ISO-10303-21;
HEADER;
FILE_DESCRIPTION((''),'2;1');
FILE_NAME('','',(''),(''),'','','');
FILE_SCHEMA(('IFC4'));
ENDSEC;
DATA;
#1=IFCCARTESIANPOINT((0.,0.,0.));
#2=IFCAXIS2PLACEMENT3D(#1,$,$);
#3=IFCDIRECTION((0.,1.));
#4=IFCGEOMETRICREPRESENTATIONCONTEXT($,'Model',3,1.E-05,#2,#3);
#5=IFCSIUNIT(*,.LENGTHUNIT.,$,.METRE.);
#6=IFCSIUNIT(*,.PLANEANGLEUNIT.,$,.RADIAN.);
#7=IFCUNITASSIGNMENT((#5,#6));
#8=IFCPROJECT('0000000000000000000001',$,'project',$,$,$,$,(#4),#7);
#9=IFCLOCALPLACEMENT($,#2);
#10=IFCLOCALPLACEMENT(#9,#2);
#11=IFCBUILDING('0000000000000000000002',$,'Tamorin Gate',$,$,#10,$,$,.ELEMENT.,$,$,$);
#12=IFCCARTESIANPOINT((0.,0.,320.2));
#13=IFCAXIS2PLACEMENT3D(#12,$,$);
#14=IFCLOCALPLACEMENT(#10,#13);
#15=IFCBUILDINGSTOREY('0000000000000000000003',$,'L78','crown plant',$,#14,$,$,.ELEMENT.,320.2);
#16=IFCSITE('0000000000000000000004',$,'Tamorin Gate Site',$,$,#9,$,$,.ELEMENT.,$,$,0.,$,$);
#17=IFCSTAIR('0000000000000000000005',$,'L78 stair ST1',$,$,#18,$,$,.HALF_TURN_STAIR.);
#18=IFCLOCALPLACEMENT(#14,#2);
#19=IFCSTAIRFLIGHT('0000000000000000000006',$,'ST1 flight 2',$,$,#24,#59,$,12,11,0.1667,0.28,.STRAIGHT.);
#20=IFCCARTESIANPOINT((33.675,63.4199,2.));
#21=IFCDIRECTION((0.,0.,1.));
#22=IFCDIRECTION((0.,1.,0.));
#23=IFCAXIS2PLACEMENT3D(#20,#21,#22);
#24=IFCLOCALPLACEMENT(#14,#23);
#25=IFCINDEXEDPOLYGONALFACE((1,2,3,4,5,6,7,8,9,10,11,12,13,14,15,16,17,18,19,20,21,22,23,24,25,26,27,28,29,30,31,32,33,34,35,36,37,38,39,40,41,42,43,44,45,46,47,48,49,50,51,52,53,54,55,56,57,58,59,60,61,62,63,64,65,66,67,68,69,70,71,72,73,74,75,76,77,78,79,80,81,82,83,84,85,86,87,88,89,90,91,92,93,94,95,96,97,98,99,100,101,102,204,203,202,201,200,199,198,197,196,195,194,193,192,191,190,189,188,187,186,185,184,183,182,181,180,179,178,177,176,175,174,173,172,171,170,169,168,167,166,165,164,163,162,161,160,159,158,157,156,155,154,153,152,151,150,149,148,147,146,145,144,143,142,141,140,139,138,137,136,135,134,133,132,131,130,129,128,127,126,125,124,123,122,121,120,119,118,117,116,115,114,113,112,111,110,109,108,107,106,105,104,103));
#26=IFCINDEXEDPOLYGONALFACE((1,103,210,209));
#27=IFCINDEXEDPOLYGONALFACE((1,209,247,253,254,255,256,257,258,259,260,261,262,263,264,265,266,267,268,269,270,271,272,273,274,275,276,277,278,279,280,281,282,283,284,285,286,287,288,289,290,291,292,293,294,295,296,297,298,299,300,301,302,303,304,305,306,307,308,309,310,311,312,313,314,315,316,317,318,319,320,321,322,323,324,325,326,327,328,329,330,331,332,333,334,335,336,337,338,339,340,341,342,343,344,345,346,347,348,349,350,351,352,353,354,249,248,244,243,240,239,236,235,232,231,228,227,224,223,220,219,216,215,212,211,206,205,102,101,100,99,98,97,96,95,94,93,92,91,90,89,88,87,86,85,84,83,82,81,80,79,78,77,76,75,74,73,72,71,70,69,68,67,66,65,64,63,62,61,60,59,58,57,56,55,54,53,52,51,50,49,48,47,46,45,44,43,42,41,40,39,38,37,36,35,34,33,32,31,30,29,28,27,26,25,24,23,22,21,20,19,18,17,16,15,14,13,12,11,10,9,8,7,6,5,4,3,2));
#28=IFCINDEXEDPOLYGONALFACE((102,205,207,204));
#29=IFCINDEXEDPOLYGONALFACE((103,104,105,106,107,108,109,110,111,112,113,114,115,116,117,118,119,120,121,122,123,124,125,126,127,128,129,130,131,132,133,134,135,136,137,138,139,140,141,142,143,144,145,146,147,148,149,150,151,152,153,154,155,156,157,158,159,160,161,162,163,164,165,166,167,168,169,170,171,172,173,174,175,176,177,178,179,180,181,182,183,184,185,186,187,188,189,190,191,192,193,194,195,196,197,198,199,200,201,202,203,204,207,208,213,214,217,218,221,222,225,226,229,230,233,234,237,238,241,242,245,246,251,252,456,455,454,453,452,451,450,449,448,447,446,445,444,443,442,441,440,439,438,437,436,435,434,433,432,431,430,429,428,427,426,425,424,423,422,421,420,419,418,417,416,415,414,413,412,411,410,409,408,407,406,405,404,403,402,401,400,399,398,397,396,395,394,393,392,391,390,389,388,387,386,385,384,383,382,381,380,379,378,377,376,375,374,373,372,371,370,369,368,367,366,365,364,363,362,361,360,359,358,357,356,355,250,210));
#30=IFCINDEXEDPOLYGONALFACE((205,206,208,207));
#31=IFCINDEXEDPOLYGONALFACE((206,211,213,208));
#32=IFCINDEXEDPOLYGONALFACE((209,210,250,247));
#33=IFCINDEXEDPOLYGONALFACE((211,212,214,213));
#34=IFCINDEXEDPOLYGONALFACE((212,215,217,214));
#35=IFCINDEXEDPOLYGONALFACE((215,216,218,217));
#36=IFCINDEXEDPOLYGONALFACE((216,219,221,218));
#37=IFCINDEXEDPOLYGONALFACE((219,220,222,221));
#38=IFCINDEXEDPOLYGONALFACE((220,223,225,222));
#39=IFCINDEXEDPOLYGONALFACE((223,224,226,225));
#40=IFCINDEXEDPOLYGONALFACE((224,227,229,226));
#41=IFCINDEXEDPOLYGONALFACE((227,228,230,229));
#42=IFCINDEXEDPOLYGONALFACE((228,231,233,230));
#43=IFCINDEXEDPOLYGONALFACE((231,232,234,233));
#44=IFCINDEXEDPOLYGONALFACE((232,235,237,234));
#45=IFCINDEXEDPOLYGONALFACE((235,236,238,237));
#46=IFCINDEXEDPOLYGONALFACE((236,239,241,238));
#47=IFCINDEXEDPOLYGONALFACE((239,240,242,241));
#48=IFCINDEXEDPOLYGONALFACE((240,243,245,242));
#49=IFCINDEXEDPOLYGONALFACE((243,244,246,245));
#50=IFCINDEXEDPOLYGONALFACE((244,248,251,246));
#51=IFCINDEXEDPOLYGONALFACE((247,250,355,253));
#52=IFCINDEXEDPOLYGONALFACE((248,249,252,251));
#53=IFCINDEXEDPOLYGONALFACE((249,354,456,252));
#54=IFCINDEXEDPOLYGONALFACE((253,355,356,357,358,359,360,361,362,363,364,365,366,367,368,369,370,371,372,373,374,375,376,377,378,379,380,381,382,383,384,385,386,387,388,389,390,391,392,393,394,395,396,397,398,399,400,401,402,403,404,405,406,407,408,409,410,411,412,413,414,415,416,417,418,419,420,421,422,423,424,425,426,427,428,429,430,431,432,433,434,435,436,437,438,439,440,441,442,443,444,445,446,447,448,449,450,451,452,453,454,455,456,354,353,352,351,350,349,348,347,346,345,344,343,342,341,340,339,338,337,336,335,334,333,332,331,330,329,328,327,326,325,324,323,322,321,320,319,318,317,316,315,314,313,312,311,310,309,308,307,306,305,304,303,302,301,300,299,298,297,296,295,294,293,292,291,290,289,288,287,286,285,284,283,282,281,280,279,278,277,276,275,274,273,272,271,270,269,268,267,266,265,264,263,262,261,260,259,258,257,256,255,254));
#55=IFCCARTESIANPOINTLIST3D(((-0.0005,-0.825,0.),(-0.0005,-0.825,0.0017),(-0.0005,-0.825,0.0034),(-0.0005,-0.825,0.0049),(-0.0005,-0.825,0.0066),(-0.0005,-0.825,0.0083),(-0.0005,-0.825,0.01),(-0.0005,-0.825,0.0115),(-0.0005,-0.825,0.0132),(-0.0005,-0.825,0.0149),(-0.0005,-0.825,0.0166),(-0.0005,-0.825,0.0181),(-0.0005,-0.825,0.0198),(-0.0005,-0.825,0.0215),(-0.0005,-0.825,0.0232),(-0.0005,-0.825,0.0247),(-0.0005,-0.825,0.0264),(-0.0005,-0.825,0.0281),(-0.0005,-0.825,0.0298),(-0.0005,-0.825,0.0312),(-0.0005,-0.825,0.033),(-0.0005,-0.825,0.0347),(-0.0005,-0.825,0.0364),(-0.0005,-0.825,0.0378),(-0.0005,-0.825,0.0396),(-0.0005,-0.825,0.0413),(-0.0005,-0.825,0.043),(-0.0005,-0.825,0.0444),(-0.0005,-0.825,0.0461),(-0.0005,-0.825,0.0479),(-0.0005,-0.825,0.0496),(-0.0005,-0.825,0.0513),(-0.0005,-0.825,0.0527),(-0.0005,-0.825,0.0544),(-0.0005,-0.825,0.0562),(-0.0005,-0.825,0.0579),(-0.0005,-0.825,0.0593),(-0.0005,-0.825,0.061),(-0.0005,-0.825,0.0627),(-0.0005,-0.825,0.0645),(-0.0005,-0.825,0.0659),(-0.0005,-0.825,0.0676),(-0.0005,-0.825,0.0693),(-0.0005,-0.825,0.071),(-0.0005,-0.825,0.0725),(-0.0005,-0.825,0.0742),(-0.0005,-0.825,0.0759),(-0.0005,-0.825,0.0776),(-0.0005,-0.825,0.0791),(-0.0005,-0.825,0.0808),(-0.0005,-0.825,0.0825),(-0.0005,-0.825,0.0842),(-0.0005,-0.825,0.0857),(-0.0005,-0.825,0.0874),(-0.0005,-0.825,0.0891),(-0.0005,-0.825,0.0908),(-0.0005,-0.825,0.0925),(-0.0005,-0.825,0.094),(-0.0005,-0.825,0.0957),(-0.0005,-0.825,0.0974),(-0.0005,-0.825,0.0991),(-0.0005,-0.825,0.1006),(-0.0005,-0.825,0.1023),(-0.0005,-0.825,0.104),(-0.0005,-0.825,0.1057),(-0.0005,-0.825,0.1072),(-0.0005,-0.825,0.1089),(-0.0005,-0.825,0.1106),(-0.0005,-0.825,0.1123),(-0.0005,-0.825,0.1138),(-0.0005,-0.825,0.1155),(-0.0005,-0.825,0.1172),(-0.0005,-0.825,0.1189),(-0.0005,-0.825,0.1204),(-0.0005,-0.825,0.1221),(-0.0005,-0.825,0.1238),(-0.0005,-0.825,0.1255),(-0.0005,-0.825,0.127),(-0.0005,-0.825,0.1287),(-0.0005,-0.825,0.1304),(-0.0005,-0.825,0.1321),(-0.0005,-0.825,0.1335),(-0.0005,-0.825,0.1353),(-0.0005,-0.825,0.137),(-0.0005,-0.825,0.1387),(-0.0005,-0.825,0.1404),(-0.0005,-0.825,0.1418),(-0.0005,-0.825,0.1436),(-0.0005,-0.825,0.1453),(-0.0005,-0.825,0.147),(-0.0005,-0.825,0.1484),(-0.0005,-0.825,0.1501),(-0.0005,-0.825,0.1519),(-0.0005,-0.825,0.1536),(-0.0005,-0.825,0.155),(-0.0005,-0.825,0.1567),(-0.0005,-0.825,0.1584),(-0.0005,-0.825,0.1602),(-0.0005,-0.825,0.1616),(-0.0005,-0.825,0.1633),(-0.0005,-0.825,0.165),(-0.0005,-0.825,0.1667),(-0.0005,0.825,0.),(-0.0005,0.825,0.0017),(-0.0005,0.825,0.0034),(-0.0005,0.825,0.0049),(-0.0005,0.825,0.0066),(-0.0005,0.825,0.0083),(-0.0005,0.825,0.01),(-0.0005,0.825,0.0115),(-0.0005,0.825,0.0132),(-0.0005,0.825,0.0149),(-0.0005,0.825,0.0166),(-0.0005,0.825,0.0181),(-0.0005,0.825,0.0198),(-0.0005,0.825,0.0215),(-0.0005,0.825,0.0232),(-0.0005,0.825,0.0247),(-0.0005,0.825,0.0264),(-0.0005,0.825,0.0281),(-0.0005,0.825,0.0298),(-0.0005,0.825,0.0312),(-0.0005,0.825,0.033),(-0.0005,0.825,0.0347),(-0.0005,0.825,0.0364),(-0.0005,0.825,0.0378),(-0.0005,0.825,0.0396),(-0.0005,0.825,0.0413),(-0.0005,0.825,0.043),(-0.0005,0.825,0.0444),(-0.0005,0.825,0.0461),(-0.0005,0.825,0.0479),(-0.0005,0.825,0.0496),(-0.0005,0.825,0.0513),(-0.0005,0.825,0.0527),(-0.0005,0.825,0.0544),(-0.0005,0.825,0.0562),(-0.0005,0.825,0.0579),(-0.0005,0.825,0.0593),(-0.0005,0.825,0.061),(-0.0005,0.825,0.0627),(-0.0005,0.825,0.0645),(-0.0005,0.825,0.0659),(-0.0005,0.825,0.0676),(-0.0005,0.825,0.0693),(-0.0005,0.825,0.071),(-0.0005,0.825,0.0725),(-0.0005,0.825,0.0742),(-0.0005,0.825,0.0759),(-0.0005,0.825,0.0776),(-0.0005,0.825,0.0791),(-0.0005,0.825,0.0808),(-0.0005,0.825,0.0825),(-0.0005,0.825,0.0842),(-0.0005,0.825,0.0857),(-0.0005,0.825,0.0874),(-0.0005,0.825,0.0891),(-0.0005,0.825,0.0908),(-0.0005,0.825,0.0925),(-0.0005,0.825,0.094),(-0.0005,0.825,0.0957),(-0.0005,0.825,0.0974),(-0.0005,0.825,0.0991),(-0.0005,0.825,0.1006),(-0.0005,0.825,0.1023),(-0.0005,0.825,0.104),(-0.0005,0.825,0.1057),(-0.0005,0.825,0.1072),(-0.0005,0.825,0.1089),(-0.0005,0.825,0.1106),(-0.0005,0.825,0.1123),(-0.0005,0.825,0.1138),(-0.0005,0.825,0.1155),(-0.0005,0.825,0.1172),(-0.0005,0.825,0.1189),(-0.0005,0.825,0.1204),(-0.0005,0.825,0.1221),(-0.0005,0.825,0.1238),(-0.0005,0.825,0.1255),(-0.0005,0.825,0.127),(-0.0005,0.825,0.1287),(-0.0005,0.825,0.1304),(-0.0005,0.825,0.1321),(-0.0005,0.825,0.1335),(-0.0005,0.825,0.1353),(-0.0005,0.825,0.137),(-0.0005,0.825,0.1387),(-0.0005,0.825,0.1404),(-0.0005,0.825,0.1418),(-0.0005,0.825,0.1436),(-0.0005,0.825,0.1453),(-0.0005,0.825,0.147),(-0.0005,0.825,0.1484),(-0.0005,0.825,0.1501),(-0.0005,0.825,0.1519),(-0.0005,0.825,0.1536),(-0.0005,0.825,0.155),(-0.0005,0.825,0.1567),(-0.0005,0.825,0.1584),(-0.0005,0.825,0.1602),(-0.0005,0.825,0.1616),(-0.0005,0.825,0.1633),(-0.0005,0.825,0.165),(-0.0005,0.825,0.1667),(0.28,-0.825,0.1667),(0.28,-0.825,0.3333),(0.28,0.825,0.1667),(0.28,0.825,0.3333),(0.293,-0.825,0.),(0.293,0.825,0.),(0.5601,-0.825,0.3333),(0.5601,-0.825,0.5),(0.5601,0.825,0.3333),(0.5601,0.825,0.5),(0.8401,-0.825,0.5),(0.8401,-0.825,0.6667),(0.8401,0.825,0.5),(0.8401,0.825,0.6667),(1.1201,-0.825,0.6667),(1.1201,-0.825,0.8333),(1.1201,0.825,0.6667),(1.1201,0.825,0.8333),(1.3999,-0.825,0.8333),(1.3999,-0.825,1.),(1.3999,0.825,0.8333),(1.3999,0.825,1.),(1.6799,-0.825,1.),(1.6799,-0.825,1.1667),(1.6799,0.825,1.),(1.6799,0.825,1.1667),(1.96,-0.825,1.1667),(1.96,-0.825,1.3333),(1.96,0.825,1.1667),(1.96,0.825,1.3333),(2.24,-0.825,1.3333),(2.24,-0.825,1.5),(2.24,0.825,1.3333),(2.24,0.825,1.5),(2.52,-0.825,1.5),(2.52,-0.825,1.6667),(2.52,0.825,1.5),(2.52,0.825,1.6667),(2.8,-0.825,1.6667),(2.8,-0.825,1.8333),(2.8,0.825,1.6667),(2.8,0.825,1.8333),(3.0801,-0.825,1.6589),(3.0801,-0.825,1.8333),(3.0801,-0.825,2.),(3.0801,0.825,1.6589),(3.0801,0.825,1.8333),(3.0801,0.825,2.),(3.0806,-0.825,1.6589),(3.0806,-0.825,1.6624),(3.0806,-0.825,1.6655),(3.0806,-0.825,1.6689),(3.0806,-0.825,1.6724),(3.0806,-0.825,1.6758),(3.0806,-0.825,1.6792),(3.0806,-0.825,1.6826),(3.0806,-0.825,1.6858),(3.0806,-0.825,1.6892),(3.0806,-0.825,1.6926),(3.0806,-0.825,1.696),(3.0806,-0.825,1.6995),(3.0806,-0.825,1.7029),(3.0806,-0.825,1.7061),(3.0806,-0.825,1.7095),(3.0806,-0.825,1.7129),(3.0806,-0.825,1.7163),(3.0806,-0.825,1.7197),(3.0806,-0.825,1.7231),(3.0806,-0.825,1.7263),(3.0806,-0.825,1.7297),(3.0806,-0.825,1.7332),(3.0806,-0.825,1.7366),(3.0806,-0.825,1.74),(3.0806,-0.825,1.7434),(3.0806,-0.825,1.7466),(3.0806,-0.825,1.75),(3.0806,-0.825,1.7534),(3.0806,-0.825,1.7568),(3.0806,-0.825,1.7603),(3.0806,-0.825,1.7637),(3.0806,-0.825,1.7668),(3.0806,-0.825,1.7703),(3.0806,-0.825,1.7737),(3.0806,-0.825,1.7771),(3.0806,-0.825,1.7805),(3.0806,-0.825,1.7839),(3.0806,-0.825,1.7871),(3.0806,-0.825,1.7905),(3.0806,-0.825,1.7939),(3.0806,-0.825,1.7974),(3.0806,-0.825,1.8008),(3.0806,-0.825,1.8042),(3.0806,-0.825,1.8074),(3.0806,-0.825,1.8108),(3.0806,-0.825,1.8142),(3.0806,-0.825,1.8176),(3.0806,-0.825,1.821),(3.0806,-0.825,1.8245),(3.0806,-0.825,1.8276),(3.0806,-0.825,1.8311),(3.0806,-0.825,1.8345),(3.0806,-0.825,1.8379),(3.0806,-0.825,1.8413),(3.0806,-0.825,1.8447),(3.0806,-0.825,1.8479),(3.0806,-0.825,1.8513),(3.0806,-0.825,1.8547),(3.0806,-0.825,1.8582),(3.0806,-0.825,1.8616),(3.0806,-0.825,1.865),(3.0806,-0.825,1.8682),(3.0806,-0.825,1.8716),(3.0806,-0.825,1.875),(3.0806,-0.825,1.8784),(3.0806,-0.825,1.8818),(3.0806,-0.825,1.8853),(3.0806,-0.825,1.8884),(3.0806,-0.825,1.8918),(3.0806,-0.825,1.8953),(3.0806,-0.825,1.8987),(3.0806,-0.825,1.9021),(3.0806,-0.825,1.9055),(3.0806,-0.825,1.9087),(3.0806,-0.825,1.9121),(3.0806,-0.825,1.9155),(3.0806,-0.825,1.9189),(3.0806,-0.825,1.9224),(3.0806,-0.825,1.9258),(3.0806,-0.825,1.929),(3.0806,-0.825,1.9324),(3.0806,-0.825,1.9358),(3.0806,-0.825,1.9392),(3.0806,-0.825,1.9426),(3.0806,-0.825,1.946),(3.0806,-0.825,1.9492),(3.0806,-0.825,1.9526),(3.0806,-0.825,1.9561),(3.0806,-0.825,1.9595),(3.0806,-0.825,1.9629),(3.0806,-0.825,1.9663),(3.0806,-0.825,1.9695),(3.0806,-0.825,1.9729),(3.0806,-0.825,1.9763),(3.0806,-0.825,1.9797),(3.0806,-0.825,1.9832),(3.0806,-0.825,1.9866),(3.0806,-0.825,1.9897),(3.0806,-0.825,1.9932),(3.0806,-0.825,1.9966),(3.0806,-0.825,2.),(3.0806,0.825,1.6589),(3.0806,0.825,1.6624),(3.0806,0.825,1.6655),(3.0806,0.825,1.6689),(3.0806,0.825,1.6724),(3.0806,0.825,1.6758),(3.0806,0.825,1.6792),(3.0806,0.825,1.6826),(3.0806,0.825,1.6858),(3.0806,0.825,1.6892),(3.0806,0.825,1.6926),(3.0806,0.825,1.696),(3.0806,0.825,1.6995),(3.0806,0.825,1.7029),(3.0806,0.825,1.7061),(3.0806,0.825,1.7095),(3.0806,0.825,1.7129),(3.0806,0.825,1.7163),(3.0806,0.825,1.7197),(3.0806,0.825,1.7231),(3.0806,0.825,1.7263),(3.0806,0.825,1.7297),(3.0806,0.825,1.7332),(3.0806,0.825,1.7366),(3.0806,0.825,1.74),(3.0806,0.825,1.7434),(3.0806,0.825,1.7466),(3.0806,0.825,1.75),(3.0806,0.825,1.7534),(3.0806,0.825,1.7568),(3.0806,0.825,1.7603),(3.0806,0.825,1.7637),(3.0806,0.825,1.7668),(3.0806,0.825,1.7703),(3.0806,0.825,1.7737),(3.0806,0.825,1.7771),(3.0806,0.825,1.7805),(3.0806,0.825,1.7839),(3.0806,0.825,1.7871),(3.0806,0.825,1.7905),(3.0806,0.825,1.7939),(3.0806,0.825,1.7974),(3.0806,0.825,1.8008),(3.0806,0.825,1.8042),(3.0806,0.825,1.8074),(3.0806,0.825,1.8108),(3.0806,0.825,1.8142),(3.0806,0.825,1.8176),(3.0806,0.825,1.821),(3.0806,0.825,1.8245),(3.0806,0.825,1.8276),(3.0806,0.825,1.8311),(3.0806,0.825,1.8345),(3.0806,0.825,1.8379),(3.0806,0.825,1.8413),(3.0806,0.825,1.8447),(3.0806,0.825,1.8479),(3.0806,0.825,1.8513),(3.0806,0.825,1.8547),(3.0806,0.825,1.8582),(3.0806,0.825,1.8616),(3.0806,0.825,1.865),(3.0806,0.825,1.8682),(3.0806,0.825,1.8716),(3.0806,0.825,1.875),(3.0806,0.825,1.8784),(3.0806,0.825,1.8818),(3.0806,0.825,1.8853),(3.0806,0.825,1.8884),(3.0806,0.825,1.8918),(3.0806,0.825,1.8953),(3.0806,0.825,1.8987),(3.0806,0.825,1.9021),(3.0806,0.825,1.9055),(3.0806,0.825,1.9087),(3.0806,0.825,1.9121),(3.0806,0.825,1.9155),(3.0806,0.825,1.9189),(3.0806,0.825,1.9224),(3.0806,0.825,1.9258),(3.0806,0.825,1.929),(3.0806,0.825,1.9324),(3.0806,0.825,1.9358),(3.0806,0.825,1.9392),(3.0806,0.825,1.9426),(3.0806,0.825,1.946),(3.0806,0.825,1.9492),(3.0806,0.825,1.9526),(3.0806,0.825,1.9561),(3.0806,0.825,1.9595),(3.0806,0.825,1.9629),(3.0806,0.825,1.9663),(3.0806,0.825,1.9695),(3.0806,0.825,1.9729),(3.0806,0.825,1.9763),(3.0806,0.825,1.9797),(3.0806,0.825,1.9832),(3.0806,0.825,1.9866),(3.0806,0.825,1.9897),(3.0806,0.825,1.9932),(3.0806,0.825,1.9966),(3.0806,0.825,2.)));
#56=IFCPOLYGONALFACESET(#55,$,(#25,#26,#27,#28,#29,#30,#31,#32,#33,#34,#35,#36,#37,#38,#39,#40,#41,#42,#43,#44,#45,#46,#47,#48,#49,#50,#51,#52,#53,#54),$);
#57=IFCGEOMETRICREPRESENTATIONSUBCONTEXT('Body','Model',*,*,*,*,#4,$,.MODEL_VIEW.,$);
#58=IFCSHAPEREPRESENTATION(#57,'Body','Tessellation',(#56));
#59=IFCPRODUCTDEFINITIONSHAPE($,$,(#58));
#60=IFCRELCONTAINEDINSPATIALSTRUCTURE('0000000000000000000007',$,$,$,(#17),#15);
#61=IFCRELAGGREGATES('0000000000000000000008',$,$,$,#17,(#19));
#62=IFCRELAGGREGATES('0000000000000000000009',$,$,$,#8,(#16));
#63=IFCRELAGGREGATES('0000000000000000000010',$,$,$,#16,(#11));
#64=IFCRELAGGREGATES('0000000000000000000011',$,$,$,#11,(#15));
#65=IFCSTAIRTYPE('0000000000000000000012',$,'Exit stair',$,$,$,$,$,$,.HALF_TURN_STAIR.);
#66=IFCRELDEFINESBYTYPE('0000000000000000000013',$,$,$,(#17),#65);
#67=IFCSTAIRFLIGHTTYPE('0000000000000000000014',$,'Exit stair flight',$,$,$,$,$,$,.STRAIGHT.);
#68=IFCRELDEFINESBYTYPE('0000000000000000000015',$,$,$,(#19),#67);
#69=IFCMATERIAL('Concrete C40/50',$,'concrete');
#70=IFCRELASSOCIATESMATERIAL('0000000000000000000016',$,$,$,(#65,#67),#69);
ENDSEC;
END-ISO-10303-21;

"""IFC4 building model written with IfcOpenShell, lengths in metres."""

from ifc_helpers import new_model, si_unit, direction, frame, origin, place, context, subcontext, project, spatial, polyline, outline, extrude, material, type_object, element, aggregate, save


model = new_model("IFC4")

# Units and contexts
model_context = context("Model", 3, precision=1e-05, world=origin(), true_north=direction((0.0, 1.0)))
body_context = subcontext(model_context, "Body", "Model", "MODEL_VIEW")
ifc_project = project(units=[si_unit("LENGTHUNIT", "METRE"), si_unit("PLANEANGLEUNIT", "RADIAN")], contexts=[model_context])

# Site, building, storey
site_placement = place(None, origin())
site = spatial("IfcSite", under=ifc_project, at=site_placement, Name="Tamorin Gate Site", CompositionType="ELEMENT", RefElevation=0.0)
building_placement = place(site_placement, origin())
building = spatial("IfcBuilding", under=site, at=building_placement, Name="Tamorin Gate", CompositionType="ELEMENT")
storey_placement = place(building_placement, frame((0.0, 0.0, 320.2)))
storey = spatial("IfcBuildingStorey", under=building, at=storey_placement, Name="L78", Description="crown plant", CompositionType="ELEMENT", Elevation=320.2)

# Shared definitions
ifc_material_1 = material(Name="Concrete C40/50", Category="concrete")

# Stair, stair flight
stair_type = type_object("IfcStairType", Name="Exit stair", PredefinedType="HALF_TURN_STAIR", material=ifc_material_1)
stair_placement = place(storey_placement, origin())
stair = element("IfcStair", 1, at=stair_placement, inside=storey, type_object=stair_type, Name="L78 stair ST1", PredefinedType="HALF_TURN_STAIR")
stair_flight_type = type_object("IfcStairFlightType", Name="Exit stair flight", PredefinedType="STRAIGHT", material=ifc_material_1)
stair_flight_1_placement = place(storey_placement, frame((33.675, 63.4199, 2.0), z_axis=(0.0, 0.0, 1.0), x_axis=(0.0, 1.0, 0.0)))
stair_flight_1 = element("IfcStairFlight", 2, at=stair_flight_1_placement, type_object=stair_flight_type, Name="ST1 flight 2", NumberOfRisers=12, NumberOfTreads=11, PredefinedType="STRAIGHT", RiserHeight=0.1667, TreadLength=0.28, context=body_context, shape_type="SweptSolid", body=[
    extrude(outline(polyline([(-0.0005, 0.0), (-0.0005, 0.0017), (-0.0005, 0.0034), (-0.0005, 0.0049), (-0.0005, 0.0066), (-0.0005, 0.0083), (-0.0005, 0.01), (-0.0005, 0.0115), (-0.0005, 0.0132), (-0.0005, 0.0149), (-0.0005, 0.0166), (-0.0005, 0.0181), (-0.0005, 0.0198), (-0.0005, 0.0215), (-0.0005, 0.0232), (-0.0005, 0.0247), (-0.0005, 0.0264), (-0.0005, 0.0281), (-0.0005, 0.0298), (-0.0005, 0.0312), (-0.0005, 0.033), (-0.0005, 0.0347), (-0.0005, 0.0364), (-0.0005, 0.0378), (-0.0005, 0.0396), (-0.0005, 0.0413), (-0.0005, 0.043), (-0.0005, 0.0444), (-0.0005, 0.0461), (-0.0005, 0.0479), (-0.0005, 0.0496), (-0.0005, 0.0513), (-0.0005, 0.0527), (-0.0005, 0.0544), (-0.0005, 0.0562), (-0.0005, 0.0579), (-0.0005, 0.0593), (-0.0005, 0.061), (-0.0005, 0.0627), (-0.0005, 0.0645), (-0.0005, 0.0659), (-0.0005, 0.0676), (-0.0005, 0.0693), (-0.0005, 0.071), (-0.0005, 0.0725), (-0.0005, 0.0742), (-0.0005, 0.0759), (-0.0005, 0.0776), (-0.0005, 0.0791), (-0.0005, 0.0808), (-0.0005, 0.0825), (-0.0005, 0.0842), (-0.0005, 0.0857), (-0.0005, 0.0874), (-0.0005, 0.0891), (-0.0005, 0.0908), (-0.0005, 0.0925), (-0.0005, 0.094), (-0.0005, 0.0957), (-0.0005, 0.0974), (-0.0005, 0.0991), (-0.0005, 0.1006), (-0.0005, 0.1023), (-0.0005, 0.104), (-0.0005, 0.1057), (-0.0005, 0.1072), (-0.0005, 0.1089), (-0.0005, 0.1106), (-0.0005, 0.1123), (-0.0005, 0.1138), (-0.0005, 0.1155), (-0.0005, 0.1172), (-0.0005, 0.1189), (-0.0005, 0.1204), (-0.0005, 0.1221), (-0.0005, 0.1238), (-0.0005, 0.1255), (-0.0005, 0.127), (-0.0005, 0.1287), (-0.0005, 0.1304), (-0.0005, 0.1321), (-0.0005, 0.1335), (-0.0005, 0.1353), (-0.0005, 0.137), (-0.0005, 0.1387), (-0.0005, 0.1404), (-0.0005, 0.1418), (-0.0005, 0.1436), (-0.0005, 0.1453), (-0.0005, 0.147), (-0.0005, 0.1484), (-0.0005, 0.1501), (-0.0005, 0.1519), (-0.0005, 0.1536), (-0.0005, 0.155), (-0.0005, 0.1567), (-0.0005, 0.1584), (-0.0005, 0.1602), (-0.0005, 0.1616), (-0.0005, 0.1633), (-0.0005, 0.165), (-0.0005, 0.1667), (0.28, 0.1667), (0.28, 0.3333), (0.5601, 0.3333), (0.5601, 0.5), (0.8401, 0.5), (0.8401, 0.6667), (1.1201, 0.6667), (1.1201, 0.8333), (1.3999, 0.8333), (1.3999, 1.0), (1.6799, 1.0), (1.6799, 1.1667), (1.96, 1.1667), (1.96, 1.3333), (2.24, 1.3333), (2.24, 1.5), (2.52, 1.5), (2.52, 1.6667), (2.8, 1.6667), (2.8, 1.8333), (3.0801, 1.8333), (3.0801, 2.0), (3.0806, 2.0), (3.0806, 1.9966), (3.0806, 1.9932), (3.0806, 1.9897), (3.0806, 1.9866), (3.0806, 1.9832), (3.0806, 1.9797), (3.0806, 1.9763), (3.0806, 1.9729), (3.0806, 1.9695), (3.0806, 1.9663), (3.0806, 1.9629), (3.0806, 1.9595), (3.0806, 1.9561), (3.0806, 1.9526), (3.0806, 1.9492), (3.0806, 1.946), (3.0806, 1.9426), (3.0806, 1.9392), (3.0806, 1.9358), (3.0806, 1.9324), (3.0806, 1.929), (3.0806, 1.9258), (3.0806, 1.9224), (3.0806, 1.9189), (3.0806, 1.9155), (3.0806, 1.9121), (3.0806, 1.9087), (3.0806, 1.9055), (3.0806, 1.9021), (3.0806, 1.8987), (3.0806, 1.8953), (3.0806, 1.8918), (3.0806, 1.8884), (3.0806, 1.8853), (3.0806, 1.8818), (3.0806, 1.8784), (3.0806, 1.875), (3.0806, 1.8716), (3.0806, 1.8682), (3.0806, 1.865), (3.0806, 1.8616), (3.0806, 1.8582), (3.0806, 1.8547), (3.0806, 1.8513), (3.0806, 1.8479), (3.0806, 1.8447), (3.0806, 1.8413), (3.0806, 1.8379), (3.0806, 1.8345), (3.0806, 1.8311), (3.0806, 1.8276), (3.0806, 1.8245), (3.0806, 1.821), (3.0806, 1.8176), (3.0806, 1.8142), (3.0806, 1.8108), (3.0806, 1.8074), (3.0806, 1.8042), (3.0806, 1.8008), (3.0806, 1.7974), (3.0806, 1.7939), (3.0806, 1.7905), (3.0806, 1.7871), (3.0806, 1.7839), (3.0806, 1.7805), (3.0806, 1.7771), (3.0806, 1.7737), (3.0806, 1.7703), (3.0806, 1.7668), (3.0806, 1.7637), (3.0806, 1.7603), (3.0806, 1.7568), (3.0806, 1.7534), (3.0806, 1.75), (3.0806, 1.7466), (3.0806, 1.7434), (3.0806, 1.74), (3.0806, 1.7366), (3.0806, 1.7332), (3.0806, 1.7297), (3.0806, 1.7263), (3.0806, 1.7231), (3.0806, 1.7197), (3.0806, 1.7163), (3.0806, 1.7129), (3.0806, 1.7095), (3.0806, 1.7061), (3.0806, 1.7029), (3.0806, 1.6995), (3.0806, 1.696), (3.0806, 1.6926), (3.0806, 1.6892), (3.0806, 1.6858), (3.0806, 1.6826), (3.0806, 1.6792), (3.0806, 1.6758), (3.0806, 1.6724), (3.0806, 1.6689), (3.0806, 1.6655), (3.0806, 1.6624), (3.0806, 1.6589), (3.0801, 1.6589), (0.293, 0.0), (-0.0005, 0.0)])), frame((0.0, 0.825, 0.0), z_axis=(0.0, -1.0, 0.0), x_axis=(1.0, 0.0, 0.0)), (0.0, 0.0, 1.0), 1.6499),
])
aggregate(stair, [stair_flight_1])

save(model, "model.ifc")
